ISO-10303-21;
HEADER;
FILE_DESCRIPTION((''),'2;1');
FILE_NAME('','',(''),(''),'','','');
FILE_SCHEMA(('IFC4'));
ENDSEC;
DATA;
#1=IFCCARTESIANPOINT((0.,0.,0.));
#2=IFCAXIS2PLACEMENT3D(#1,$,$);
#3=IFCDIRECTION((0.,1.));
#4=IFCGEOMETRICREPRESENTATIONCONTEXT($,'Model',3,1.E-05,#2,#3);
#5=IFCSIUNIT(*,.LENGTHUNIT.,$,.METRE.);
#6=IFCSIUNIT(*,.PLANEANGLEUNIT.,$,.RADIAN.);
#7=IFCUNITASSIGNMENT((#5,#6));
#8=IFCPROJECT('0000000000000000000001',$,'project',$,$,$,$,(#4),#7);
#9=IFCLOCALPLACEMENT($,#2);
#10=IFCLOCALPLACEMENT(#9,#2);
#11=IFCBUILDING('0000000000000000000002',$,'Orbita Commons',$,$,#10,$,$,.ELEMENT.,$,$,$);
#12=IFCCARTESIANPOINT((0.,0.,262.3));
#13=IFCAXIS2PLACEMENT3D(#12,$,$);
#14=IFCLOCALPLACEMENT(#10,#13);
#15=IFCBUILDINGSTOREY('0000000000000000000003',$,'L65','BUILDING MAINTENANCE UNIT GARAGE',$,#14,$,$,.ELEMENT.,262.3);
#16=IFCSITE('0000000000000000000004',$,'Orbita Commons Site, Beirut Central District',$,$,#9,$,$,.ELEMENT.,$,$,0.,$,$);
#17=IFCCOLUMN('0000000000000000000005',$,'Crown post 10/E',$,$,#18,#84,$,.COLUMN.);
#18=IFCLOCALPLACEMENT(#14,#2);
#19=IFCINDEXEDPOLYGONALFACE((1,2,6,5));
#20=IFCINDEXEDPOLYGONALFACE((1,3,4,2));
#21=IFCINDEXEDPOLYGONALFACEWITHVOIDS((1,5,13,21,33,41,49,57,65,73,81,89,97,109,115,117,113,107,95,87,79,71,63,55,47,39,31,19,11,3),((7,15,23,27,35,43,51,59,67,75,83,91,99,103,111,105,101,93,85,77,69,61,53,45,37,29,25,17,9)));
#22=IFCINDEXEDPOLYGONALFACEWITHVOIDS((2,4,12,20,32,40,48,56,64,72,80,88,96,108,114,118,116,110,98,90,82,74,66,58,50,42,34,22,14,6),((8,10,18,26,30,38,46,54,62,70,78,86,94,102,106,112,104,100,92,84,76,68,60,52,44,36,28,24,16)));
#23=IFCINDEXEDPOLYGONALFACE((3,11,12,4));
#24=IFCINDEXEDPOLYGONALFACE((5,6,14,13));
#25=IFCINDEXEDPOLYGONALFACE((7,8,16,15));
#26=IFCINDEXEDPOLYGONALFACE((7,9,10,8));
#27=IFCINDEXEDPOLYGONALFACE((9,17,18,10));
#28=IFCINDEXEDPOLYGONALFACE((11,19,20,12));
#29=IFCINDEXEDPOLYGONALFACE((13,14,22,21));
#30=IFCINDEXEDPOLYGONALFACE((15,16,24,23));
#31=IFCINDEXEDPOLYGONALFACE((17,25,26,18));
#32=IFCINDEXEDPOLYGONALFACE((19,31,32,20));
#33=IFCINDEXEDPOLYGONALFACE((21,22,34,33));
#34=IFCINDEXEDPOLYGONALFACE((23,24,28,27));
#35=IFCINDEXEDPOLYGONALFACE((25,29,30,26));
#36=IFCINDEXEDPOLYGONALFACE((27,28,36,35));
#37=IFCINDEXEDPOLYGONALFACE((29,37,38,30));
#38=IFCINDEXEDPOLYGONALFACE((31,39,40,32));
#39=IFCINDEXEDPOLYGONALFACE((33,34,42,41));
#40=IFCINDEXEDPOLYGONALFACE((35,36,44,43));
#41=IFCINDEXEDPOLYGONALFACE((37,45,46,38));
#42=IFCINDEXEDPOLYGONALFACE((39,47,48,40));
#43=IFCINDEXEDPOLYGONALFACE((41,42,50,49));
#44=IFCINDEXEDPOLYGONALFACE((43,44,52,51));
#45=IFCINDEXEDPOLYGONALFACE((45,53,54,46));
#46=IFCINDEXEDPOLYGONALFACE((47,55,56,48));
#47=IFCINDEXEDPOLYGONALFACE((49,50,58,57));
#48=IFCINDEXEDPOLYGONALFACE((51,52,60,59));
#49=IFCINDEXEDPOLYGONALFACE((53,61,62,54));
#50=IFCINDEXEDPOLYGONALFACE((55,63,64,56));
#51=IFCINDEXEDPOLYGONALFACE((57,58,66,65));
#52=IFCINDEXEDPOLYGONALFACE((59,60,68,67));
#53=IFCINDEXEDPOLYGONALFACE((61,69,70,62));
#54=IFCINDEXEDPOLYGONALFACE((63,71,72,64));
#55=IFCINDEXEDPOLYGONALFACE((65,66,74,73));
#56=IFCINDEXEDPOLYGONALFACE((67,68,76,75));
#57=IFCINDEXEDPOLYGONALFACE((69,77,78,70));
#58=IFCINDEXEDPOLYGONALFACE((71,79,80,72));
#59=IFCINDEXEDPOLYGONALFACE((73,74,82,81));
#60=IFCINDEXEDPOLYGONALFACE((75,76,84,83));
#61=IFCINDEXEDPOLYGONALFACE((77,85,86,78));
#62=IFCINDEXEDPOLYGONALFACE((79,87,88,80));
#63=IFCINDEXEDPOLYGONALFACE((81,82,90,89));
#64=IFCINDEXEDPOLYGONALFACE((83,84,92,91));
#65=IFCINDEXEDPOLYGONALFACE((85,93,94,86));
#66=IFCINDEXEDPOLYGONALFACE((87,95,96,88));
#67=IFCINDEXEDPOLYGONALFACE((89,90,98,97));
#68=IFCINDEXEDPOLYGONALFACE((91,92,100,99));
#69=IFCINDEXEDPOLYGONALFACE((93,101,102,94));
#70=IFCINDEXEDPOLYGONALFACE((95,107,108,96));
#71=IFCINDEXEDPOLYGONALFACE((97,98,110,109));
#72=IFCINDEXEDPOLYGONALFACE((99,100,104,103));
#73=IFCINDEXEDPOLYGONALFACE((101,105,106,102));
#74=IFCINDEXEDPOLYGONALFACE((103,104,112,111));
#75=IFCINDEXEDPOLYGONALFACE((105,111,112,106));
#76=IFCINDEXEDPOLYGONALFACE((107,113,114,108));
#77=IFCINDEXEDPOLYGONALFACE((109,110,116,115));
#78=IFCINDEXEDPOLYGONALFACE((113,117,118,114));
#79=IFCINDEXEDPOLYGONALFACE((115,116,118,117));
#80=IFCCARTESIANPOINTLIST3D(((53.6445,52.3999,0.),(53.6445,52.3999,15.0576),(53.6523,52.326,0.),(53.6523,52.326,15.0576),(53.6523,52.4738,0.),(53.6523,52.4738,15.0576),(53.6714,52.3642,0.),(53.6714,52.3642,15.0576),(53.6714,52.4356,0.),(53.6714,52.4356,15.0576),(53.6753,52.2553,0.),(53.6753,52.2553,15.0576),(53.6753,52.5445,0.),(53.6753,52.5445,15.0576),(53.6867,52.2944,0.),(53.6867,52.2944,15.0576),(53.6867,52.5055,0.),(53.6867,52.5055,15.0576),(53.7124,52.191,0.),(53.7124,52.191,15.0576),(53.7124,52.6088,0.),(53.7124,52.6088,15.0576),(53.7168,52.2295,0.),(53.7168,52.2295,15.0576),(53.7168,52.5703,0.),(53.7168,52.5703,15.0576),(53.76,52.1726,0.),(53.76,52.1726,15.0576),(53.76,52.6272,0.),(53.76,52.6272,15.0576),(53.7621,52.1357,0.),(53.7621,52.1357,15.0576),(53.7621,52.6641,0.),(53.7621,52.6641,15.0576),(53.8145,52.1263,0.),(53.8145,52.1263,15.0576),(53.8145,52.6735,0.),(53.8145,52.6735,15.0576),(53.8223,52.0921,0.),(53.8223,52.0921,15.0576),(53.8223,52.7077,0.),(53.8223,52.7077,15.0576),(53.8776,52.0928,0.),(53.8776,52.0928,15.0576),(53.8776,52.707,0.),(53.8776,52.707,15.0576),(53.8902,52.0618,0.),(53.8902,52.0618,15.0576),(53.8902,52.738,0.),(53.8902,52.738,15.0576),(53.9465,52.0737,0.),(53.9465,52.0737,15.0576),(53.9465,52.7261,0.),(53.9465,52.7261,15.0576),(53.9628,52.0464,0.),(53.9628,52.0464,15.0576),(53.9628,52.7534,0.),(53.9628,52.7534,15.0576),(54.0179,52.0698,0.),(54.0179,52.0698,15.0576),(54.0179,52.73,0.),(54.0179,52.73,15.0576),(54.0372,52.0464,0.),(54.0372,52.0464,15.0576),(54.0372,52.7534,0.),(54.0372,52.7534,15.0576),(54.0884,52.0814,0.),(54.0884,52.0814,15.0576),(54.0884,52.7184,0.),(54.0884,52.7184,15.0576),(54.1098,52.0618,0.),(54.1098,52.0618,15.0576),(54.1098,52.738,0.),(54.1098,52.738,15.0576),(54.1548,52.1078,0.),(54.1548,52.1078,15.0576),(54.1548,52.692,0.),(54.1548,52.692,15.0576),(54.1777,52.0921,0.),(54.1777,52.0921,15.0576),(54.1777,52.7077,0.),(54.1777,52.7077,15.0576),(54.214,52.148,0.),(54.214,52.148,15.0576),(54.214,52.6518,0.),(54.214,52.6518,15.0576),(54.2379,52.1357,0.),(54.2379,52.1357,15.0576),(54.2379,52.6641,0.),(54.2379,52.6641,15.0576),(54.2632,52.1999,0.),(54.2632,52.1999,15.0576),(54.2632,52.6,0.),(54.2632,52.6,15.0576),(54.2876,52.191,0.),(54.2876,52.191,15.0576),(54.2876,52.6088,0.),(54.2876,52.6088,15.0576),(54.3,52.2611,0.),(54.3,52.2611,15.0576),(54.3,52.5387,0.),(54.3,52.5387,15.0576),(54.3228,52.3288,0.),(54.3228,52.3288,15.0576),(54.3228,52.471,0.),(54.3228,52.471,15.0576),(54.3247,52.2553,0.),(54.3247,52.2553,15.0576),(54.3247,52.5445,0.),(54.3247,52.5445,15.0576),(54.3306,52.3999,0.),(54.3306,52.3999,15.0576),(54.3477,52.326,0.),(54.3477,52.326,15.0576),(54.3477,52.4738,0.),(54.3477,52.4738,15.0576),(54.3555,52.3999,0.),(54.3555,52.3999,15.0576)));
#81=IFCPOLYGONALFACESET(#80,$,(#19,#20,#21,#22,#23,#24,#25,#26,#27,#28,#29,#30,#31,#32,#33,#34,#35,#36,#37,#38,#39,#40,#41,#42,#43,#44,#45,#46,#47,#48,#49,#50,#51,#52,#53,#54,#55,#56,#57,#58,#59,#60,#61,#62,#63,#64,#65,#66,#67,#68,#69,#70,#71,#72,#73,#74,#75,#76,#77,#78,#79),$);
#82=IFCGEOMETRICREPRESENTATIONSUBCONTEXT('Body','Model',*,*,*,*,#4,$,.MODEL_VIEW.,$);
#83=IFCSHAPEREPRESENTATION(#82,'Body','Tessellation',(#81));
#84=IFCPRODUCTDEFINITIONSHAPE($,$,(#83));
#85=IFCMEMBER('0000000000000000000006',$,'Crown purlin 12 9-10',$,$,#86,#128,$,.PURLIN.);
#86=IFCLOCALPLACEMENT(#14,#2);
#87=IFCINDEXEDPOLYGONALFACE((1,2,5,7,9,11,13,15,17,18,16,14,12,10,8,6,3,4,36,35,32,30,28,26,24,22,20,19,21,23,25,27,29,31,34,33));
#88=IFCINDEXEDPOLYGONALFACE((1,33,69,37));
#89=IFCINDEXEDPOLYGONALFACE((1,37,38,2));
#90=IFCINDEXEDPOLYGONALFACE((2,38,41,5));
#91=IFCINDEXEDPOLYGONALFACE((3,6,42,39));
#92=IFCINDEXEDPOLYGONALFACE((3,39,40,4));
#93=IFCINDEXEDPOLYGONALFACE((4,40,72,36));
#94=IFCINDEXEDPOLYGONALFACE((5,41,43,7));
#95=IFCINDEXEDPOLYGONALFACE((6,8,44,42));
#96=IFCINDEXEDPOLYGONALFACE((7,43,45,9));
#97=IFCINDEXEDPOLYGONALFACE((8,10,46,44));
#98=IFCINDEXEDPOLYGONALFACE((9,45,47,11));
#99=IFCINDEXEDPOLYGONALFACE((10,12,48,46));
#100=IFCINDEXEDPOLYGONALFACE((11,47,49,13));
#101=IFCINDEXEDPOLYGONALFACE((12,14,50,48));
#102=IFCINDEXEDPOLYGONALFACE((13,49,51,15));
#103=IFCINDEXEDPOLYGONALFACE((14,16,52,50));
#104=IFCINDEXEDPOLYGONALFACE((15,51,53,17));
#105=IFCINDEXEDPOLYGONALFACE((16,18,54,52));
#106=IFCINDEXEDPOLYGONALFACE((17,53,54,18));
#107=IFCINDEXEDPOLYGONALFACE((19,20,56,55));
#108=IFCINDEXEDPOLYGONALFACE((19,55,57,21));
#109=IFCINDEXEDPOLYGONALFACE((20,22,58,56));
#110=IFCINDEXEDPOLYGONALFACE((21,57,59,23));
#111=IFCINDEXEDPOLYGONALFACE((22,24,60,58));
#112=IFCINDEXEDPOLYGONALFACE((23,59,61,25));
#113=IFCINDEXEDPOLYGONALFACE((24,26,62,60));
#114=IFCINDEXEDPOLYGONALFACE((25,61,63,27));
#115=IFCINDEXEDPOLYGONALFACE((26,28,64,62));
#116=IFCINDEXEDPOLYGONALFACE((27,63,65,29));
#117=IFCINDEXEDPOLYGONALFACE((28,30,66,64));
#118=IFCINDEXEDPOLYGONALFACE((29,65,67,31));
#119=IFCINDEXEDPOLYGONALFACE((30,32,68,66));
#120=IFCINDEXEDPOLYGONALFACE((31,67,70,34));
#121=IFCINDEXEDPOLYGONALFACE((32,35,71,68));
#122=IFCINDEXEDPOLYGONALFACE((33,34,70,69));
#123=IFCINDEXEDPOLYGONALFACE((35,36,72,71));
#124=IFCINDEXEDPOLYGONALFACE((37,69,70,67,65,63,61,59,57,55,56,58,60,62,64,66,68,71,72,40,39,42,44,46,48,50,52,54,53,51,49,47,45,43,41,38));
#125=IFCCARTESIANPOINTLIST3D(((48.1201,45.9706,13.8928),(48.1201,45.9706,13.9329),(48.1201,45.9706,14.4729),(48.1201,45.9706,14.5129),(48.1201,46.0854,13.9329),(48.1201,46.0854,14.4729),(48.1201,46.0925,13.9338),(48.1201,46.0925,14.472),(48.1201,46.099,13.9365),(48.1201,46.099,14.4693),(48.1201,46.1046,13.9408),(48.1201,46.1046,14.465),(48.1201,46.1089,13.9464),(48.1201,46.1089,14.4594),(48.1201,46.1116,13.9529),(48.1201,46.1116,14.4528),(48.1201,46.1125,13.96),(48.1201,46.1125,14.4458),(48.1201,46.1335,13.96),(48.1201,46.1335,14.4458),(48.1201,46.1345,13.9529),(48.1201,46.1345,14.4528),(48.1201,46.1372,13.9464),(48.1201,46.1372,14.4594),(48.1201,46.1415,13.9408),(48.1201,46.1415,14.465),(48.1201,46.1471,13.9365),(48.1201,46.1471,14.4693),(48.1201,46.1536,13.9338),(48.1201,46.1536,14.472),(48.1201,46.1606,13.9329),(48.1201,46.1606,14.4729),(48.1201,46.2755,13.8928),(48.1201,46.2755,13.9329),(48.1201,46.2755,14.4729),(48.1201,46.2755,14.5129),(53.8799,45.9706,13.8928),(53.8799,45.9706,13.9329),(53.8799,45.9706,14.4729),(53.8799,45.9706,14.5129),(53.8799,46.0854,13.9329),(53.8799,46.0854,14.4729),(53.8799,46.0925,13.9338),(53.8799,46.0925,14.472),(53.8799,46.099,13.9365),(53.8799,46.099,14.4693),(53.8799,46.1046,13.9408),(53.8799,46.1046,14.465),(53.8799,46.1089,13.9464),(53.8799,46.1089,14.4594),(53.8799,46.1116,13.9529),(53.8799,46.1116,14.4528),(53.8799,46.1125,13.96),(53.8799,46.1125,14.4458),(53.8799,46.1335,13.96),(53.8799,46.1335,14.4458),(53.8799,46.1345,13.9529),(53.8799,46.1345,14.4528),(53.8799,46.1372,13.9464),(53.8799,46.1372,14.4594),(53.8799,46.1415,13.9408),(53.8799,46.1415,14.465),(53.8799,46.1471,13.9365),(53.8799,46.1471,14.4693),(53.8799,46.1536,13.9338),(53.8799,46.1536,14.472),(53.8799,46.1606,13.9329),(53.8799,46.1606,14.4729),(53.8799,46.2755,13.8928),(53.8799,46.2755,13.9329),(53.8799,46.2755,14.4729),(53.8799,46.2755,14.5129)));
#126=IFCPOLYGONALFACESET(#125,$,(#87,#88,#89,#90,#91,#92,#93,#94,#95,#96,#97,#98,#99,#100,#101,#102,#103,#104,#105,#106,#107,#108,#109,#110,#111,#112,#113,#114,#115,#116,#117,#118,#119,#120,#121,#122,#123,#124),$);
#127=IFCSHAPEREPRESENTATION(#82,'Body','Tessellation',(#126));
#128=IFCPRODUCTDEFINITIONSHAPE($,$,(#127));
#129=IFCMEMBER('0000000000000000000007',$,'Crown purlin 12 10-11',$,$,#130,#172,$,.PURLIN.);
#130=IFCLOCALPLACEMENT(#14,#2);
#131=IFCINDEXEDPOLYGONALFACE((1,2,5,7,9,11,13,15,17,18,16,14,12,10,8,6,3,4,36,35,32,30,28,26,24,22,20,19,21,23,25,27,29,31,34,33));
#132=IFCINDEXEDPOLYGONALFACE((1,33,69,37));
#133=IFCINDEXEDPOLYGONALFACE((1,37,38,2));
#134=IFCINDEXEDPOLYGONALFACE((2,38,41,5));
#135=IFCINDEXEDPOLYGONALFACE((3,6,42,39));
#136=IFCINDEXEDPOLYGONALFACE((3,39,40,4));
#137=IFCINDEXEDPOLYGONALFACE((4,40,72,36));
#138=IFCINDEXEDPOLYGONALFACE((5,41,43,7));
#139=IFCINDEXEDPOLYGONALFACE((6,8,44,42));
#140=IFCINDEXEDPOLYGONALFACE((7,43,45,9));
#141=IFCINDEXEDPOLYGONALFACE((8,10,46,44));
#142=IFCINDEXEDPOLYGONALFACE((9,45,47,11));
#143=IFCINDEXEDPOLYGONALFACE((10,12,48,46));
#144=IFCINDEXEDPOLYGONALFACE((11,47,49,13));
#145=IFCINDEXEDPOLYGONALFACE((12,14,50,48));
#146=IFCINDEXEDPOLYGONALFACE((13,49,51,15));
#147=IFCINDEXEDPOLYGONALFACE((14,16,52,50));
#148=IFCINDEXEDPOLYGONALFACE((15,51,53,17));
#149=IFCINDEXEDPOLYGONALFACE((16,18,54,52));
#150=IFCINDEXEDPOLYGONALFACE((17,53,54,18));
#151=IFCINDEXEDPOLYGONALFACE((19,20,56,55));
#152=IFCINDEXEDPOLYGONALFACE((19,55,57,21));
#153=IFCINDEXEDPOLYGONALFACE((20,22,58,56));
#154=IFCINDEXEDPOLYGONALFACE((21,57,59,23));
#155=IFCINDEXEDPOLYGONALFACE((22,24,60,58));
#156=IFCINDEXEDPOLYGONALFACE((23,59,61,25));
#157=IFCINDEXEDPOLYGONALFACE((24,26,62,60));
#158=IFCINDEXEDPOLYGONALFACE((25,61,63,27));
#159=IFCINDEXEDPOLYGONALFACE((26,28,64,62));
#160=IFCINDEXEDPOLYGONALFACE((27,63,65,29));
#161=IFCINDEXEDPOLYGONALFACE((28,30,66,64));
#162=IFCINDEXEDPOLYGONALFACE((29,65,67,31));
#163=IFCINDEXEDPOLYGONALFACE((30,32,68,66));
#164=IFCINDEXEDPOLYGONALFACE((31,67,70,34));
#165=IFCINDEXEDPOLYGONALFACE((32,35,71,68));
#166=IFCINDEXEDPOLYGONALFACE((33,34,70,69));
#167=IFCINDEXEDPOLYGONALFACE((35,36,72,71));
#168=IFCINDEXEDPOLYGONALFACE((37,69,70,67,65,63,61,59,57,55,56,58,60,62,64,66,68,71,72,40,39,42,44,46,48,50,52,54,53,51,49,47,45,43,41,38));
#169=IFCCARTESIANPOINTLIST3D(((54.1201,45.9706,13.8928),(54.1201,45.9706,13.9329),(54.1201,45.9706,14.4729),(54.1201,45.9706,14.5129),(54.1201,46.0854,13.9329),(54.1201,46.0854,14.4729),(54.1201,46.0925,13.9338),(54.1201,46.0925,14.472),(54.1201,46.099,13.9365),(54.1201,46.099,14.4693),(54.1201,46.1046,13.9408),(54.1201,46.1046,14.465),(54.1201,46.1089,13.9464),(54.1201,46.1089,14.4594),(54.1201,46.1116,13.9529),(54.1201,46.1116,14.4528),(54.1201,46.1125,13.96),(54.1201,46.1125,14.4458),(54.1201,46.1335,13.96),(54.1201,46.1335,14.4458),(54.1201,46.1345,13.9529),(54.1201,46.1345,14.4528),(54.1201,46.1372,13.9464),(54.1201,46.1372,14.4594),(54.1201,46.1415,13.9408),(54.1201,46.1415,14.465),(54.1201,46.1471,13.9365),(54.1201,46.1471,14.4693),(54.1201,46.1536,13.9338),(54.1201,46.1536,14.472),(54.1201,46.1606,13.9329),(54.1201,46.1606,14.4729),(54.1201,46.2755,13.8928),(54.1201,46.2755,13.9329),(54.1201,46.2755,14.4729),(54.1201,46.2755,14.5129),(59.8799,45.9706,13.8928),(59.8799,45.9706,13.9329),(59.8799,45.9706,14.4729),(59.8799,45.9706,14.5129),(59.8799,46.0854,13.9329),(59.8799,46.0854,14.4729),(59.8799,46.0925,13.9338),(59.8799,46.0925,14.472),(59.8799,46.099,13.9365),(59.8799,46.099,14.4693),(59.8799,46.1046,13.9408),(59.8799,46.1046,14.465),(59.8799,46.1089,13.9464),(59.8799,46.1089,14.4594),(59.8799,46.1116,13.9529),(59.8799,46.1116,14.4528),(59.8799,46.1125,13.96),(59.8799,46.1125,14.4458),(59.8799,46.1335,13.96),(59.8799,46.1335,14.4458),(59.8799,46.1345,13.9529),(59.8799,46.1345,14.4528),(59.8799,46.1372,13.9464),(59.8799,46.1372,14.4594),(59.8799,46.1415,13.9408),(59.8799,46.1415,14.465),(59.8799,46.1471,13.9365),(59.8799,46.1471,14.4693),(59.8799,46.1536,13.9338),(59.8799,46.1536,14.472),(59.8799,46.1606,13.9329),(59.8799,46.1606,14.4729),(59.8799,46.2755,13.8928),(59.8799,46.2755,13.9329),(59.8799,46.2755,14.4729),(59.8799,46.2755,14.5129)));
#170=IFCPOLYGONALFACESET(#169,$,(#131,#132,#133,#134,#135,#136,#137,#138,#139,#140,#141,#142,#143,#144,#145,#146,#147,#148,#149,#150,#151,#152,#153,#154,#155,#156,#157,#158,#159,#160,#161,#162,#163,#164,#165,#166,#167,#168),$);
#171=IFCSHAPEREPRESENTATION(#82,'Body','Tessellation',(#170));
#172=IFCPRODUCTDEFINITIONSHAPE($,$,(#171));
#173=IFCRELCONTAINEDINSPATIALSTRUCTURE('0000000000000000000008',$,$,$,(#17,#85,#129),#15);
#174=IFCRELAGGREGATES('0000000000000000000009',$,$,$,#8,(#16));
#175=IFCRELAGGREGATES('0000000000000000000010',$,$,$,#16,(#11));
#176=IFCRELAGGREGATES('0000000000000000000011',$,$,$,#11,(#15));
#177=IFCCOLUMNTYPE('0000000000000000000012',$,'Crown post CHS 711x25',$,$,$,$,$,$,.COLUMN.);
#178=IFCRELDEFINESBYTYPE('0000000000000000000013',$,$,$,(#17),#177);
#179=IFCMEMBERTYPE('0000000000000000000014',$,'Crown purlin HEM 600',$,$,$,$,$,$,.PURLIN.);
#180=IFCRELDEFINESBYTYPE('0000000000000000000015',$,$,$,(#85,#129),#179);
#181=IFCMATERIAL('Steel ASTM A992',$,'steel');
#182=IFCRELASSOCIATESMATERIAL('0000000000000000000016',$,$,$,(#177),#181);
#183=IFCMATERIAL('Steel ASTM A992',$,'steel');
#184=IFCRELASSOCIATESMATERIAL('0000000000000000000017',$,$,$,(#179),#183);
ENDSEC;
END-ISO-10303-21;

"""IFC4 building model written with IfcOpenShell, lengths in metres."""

from ifc_helpers import new_model, si_unit, direction, frame, origin, origin_2d, place, context, subcontext, project, spatial, hollow_circle, i_section, extrude, material, material_profile, profile_set, type_object, element, save


model = new_model("IFC4")

# Units and contexts
model_context = context("Model", 3, precision=1e-05, world=origin(), true_north=direction((0.0, 1.0)))
body_context = subcontext(model_context, "Body", "Model", "MODEL_VIEW")
ifc_project = project(units=[si_unit("LENGTHUNIT", "METRE"), si_unit("PLANEANGLEUNIT", "RADIAN")], contexts=[model_context])

# Site, building, storey
site_placement = place(None, origin())
site = spatial("IfcSite", under=ifc_project, at=site_placement, Name="Orbita Commons Site, Beirut Central District", CompositionType="ELEMENT", RefElevation=0.0)
building_placement = place(site_placement, origin())
building = spatial("IfcBuilding", under=site, at=building_placement, Name="Orbita Commons", CompositionType="ELEMENT")
storey_placement = place(building_placement, frame((0.0, 0.0, 262.3)))
storey = spatial("IfcBuildingStorey", under=building, at=storey_placement, Name="L65", Description="BUILDING MAINTENANCE UNIT GARAGE", CompositionType="ELEMENT", Elevation=262.3)

# Column
ifc_material_1 = material(Name="Steel ASTM A992", Category="steel")
ifc_material_profile_1 = material_profile(ifc_material_1, hollow_circle(Radius=0.3555, WallThickness=0.0249, at=origin_2d()), Name="CHS 711x25")
ifc_profile_set_1 = profile_set([ifc_material_profile_1], Name="Steel ASTM A992")
column_type = type_object("IfcColumnType", Name="Crown post CHS 711x25", PredefinedType="COLUMN", material=ifc_profile_set_1)
for number, where, z_axis, x_axis, name in (
    (1, (54.0, 52.3999, 0.0), (0.0, 0.0, 1.0), (1.0, 0.0, 0.0), "Crown post 10/E"),
):
    element("IfcColumn", number, at=place(storey_placement, frame(where, z_axis=z_axis, x_axis=x_axis)), inside=storey, type_object=column_type, Name=name, PredefinedType="COLUMN", context=body_context, shape_type="SweptSolid", body=[
        extrude(hollow_circle(Radius=0.3555, WallThickness=0.0249, at=origin_2d()), origin(), (0.0, 0.0, 1.0), 15.0576),
    ])

# Members
ifc_material_2 = material(Name="Steel ASTM A992", Category="steel")
ifc_material_profile_2 = material_profile(ifc_material_2, i_section(OverallWidth=0.3049, OverallDepth=0.6201, WebThickness=0.021, FlangeThickness=0.04, FilletRadius=0.0271, at=origin_2d()), Name="HEM 600")
ifc_profile_set_2 = profile_set([ifc_material_profile_2], Name="Steel ASTM A992")
member_type_1 = type_object("IfcMemberType", Name="Crown purlin HEM 600", PredefinedType="PURLIN", material=ifc_profile_set_2)
for number, where, z_axis, x_axis, name in (
    (2, (48.1201, 46.123, 14.2029), (1.0, 0.0, 0.0), (0.0, 1.0, 0.0), "Crown purlin 12 9-10"),
    (3, (54.1201, 46.123, 14.2029), (1.0, 0.0, 0.0), (0.0, 1.0, 0.0), "Crown purlin 12 10-11"),
):
    element("IfcMember", number, at=place(storey_placement, frame(where, z_axis=z_axis, x_axis=x_axis)), inside=storey, type_object=member_type_1, Name=name, PredefinedType="PURLIN", context=body_context, shape_type="SweptSolid", body=[
        extrude(i_section(OverallWidth=0.3049, OverallDepth=0.6201, WebThickness=0.021, FlangeThickness=0.04, FilletRadius=0.0271, at=origin_2d()), origin(), (0.0, 0.0, 1.0), 5.7598),
    ])

save(model, "model.ifc")
